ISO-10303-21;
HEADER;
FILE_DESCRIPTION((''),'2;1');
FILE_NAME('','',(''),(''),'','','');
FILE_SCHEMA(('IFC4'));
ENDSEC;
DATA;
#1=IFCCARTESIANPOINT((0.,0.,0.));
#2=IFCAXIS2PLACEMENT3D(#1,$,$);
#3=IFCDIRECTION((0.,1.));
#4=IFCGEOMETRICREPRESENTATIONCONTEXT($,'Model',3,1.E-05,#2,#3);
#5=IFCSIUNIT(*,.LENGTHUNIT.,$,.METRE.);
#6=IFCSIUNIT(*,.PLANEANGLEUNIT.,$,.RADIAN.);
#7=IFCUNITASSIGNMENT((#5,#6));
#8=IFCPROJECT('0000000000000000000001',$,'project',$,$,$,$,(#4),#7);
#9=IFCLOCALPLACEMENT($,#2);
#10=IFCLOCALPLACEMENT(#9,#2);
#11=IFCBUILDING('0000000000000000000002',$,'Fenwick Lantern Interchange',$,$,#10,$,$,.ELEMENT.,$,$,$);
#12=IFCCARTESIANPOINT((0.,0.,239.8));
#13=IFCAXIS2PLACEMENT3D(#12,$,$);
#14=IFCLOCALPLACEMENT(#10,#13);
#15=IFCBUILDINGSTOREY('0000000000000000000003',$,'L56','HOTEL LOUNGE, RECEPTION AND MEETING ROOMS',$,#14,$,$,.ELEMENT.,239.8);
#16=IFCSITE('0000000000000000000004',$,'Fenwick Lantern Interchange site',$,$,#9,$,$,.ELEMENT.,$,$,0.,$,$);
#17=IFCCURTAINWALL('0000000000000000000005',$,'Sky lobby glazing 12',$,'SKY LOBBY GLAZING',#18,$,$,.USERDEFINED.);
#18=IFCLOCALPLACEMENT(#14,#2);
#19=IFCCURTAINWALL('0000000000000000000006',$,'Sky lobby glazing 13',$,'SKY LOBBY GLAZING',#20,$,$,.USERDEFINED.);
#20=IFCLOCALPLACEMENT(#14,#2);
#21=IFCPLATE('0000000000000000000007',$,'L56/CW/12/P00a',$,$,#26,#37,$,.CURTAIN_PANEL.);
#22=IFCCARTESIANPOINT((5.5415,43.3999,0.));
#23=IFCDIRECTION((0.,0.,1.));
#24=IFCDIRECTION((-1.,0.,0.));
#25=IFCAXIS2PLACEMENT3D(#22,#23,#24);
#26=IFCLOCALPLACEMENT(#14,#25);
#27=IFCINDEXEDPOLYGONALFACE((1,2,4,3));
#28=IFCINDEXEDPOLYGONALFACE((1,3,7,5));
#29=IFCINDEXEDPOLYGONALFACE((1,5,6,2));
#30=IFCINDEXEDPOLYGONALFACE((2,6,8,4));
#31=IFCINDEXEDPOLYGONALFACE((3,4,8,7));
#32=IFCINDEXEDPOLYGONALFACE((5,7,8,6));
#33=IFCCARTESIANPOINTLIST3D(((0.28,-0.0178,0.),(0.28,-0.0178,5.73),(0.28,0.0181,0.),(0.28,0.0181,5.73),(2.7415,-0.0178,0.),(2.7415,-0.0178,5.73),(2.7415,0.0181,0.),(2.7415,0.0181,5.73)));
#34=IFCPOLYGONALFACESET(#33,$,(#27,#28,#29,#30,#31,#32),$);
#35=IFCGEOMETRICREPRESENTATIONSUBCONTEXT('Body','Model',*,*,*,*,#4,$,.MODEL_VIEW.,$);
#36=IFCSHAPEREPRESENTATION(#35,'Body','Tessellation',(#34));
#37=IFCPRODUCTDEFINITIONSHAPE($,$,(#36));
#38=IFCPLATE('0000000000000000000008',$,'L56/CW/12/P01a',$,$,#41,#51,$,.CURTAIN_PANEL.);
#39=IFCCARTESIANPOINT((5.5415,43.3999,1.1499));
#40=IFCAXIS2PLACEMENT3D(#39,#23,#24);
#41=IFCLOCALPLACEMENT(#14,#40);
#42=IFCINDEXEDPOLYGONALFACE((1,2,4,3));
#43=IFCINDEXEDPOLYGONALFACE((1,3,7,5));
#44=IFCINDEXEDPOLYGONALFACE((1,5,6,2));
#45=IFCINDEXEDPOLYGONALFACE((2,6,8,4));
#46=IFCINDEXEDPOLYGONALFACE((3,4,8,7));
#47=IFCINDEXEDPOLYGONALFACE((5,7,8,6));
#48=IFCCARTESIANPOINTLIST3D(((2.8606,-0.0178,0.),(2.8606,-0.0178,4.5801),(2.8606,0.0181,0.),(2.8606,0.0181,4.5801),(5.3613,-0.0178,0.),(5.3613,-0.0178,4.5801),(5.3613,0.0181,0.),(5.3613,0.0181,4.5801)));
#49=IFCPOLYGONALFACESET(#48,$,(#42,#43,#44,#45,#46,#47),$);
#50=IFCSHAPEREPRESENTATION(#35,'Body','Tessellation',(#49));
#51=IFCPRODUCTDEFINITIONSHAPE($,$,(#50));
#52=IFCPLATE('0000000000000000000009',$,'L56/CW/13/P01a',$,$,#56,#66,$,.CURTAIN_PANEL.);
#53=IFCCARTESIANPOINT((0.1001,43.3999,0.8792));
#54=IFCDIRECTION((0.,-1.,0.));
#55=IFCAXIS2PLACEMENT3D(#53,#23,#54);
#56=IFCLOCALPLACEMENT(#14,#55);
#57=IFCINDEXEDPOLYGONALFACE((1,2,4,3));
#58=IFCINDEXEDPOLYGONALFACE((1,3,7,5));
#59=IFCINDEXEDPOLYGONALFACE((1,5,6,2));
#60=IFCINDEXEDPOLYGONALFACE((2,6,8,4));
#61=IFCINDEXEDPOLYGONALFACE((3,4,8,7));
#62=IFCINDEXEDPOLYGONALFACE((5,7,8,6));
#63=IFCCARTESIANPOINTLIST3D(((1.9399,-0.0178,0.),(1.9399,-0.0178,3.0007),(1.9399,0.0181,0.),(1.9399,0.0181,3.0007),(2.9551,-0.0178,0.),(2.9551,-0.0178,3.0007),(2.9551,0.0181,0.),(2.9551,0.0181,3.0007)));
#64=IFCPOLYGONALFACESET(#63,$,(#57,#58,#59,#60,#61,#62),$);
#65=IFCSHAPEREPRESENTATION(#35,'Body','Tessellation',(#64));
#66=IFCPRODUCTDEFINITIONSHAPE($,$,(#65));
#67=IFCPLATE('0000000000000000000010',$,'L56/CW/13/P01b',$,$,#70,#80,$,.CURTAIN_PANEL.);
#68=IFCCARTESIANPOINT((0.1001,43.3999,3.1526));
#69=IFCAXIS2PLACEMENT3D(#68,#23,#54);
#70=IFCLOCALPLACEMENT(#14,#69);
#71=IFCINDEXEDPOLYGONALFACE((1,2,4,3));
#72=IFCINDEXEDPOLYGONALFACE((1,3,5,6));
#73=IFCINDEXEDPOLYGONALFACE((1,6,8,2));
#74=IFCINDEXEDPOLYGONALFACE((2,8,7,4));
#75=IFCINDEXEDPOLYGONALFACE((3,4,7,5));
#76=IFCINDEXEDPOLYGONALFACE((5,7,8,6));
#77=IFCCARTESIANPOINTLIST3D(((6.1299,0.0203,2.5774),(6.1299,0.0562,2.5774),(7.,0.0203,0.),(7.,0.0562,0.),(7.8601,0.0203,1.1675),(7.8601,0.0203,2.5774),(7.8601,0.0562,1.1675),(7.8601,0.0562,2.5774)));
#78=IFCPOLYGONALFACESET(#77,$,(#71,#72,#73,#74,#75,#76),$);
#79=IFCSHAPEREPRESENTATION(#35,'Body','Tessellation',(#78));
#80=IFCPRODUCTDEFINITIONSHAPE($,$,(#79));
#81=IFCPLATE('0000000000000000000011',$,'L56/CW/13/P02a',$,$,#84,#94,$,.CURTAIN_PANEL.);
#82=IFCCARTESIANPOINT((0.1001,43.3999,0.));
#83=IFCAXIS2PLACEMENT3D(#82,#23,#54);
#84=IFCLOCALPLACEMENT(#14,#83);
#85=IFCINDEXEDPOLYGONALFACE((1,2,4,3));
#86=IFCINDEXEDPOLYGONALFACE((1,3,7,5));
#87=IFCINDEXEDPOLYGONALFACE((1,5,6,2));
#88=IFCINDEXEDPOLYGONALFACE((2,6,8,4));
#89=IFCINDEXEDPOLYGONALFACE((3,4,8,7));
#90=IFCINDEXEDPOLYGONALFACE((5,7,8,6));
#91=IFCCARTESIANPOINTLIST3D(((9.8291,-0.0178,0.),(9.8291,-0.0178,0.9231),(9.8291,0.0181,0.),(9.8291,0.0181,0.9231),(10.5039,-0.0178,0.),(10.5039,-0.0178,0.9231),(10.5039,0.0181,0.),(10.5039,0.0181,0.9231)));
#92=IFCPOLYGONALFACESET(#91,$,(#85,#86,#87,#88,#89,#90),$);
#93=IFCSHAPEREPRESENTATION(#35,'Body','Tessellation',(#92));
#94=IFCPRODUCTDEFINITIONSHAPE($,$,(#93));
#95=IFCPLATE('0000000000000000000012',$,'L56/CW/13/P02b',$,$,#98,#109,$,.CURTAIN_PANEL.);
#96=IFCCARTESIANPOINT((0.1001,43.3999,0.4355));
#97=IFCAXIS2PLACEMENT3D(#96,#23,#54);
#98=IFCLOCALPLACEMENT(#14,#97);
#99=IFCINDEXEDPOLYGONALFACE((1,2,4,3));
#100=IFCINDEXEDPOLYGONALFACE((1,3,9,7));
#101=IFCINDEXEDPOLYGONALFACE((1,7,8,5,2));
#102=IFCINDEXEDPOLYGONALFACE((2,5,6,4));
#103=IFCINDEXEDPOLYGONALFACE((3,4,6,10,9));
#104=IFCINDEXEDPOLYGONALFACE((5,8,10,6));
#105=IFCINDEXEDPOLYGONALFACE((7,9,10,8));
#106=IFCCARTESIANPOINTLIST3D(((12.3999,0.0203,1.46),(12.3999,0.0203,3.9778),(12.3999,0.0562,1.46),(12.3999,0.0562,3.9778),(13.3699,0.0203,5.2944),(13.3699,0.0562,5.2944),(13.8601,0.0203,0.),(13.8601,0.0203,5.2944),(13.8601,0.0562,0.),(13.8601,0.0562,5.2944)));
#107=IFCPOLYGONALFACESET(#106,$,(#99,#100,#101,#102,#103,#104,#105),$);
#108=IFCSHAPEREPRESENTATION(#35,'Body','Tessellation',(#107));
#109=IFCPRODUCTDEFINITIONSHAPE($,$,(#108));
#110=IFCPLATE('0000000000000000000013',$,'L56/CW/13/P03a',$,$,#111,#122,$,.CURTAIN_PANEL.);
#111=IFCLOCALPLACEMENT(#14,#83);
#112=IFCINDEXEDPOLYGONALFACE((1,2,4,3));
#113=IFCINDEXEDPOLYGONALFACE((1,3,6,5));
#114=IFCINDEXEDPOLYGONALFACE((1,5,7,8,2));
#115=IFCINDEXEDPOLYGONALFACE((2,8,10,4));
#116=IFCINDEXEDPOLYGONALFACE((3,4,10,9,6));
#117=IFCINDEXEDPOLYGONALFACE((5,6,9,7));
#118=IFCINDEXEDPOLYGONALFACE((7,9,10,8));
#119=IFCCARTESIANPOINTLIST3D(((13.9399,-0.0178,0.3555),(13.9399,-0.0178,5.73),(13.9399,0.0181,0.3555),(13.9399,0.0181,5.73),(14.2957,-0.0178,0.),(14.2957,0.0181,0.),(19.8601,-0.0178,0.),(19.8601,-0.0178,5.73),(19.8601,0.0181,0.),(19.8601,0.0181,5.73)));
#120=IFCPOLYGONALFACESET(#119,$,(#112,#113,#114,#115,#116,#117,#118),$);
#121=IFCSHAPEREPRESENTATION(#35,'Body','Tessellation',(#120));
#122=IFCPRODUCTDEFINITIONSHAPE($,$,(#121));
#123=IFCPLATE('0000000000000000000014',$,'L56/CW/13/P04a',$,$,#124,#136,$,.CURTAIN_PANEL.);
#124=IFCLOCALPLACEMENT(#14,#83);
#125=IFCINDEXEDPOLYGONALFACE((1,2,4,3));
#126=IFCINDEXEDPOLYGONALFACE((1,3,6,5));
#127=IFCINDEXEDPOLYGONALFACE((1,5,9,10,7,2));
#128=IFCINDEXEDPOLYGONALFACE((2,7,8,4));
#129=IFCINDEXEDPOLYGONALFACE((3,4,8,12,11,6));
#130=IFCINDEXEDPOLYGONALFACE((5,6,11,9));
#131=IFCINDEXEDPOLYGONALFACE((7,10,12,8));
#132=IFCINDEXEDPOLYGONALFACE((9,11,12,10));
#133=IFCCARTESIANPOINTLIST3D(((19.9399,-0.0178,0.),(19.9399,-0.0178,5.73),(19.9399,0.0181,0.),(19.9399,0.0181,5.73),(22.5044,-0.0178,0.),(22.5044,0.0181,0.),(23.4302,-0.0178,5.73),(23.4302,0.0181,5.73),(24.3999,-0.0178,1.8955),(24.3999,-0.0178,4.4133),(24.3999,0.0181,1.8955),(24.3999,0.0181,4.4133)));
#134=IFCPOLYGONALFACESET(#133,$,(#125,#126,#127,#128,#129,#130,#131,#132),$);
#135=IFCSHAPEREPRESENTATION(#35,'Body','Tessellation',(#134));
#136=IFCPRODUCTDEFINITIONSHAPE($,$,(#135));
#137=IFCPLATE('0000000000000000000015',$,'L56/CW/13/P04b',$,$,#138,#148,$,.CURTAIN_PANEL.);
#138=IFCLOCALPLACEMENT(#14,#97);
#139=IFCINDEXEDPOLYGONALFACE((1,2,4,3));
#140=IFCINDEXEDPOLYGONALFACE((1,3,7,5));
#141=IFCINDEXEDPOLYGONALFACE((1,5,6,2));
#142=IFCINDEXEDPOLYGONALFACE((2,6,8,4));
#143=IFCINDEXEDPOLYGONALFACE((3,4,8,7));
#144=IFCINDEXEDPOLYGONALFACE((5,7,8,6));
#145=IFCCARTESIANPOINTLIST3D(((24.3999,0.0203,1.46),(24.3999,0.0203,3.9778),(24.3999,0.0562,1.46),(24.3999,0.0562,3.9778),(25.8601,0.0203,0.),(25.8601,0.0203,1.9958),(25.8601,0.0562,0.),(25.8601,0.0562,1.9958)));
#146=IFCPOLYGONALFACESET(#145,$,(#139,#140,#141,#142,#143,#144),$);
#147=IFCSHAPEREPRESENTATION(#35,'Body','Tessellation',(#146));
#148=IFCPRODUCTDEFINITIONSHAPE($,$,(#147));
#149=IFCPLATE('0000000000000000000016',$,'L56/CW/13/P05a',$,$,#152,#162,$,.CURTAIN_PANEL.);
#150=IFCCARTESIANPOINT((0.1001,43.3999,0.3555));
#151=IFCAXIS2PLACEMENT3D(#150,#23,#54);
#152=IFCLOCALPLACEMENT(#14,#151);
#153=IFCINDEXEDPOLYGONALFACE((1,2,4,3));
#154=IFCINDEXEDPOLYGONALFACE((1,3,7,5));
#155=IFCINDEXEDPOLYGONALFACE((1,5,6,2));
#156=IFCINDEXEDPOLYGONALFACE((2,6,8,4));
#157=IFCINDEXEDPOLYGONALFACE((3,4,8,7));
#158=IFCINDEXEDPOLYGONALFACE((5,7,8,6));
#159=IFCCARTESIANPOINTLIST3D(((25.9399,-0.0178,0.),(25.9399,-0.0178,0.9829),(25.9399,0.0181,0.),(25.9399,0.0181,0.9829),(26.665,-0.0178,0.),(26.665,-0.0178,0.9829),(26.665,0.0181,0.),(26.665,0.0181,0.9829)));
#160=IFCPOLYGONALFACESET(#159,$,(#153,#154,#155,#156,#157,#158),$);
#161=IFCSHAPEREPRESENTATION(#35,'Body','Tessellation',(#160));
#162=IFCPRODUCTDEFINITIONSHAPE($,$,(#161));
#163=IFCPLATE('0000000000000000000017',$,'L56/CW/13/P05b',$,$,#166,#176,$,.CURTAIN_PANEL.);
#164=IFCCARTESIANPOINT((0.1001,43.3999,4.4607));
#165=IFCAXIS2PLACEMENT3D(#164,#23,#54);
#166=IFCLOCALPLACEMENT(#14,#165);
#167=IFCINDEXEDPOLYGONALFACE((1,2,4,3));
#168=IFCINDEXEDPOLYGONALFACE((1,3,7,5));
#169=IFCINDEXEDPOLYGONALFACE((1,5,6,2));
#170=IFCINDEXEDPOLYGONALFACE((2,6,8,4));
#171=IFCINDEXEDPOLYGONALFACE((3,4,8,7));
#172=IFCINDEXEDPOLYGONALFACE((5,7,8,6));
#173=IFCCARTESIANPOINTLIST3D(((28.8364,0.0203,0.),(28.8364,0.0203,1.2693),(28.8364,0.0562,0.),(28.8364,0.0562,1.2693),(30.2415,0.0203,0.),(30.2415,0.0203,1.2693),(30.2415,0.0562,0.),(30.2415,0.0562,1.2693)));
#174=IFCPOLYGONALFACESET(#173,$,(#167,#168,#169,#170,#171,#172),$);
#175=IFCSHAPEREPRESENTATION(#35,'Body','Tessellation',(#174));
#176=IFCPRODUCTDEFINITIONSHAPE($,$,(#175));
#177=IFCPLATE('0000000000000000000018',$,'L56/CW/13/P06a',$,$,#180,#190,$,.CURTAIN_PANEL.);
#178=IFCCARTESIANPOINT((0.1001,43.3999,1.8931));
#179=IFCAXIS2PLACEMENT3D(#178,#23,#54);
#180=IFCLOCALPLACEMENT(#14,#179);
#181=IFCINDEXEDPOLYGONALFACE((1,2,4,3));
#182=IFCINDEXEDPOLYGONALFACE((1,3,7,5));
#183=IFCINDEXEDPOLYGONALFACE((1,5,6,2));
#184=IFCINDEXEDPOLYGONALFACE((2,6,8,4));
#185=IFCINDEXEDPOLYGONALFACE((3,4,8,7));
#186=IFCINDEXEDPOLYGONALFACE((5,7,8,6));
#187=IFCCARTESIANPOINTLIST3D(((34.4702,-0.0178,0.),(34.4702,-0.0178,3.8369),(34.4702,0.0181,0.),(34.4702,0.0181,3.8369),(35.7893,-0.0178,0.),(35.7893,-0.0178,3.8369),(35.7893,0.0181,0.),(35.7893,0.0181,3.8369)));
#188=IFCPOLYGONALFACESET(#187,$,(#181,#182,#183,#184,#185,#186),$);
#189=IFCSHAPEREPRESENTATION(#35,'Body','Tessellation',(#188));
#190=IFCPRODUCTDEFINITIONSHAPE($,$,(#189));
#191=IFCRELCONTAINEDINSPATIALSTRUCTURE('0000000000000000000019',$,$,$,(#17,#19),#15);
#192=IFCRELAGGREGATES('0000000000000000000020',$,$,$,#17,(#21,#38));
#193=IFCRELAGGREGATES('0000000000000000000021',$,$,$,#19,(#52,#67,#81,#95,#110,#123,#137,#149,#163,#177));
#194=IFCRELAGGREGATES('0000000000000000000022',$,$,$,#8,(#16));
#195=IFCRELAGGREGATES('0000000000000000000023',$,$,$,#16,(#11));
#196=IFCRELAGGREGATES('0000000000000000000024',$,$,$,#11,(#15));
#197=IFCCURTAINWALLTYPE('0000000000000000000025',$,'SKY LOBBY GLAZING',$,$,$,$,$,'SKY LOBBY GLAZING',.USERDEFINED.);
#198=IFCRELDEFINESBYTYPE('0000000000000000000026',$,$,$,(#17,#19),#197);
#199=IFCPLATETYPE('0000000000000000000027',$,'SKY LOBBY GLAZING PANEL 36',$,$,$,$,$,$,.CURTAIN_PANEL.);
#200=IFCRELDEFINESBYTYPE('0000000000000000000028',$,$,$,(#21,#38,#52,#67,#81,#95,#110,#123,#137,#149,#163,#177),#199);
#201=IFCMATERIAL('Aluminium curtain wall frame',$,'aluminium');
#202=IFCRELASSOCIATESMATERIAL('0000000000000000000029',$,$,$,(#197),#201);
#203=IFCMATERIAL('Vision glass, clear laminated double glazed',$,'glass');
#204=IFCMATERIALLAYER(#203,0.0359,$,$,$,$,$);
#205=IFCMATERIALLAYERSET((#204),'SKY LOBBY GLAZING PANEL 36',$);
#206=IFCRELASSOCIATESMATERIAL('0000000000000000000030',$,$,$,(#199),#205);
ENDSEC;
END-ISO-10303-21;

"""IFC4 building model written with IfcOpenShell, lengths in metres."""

from ifc_helpers import new_model, si_unit, direction, frame, origin, place, context, subcontext, project, spatial, polyline, outline, extrude, material, layer, layer_set, type_object, element, aggregate, save


model = new_model("IFC4")

# Units and contexts
model_context = context("Model", 3, precision=1e-05, world=origin(), true_north=direction((0.0, 1.0)))
body_context = subcontext(model_context, "Body", "Model", "MODEL_VIEW")
ifc_project = project(units=[si_unit("LENGTHUNIT", "METRE"), si_unit("PLANEANGLEUNIT", "RADIAN")], contexts=[model_context])

# Site, building, storey
site_placement = place(None, origin())
site = spatial("IfcSite", under=ifc_project, at=site_placement, Name="Fenwick Lantern Interchange site", CompositionType="ELEMENT", RefElevation=0.0)
building_placement = place(site_placement, origin())
building = spatial("IfcBuilding", under=site, at=building_placement, Name="Fenwick Lantern Interchange", CompositionType="ELEMENT")
storey_placement = place(building_placement, frame((0.0, 0.0, 239.8)))
storey = spatial("IfcBuildingStorey", under=building, at=storey_placement, Name="L56", Description="HOTEL LOUNGE, RECEPTION AND MEETING ROOMS", CompositionType="ELEMENT", Elevation=239.8)

# Curtain wall
ifc_material_1 = material(Name="Aluminium curtain wall frame", Category="aluminium")
curtain_wall_type = type_object("IfcCurtainWallType", Name="SKY LOBBY GLAZING", ElementType="SKY LOBBY GLAZING", PredefinedType="USERDEFINED", material=ifc_material_1)
curtain_wall_1_placement = place(storey_placement, origin())
curtain_wall_1 = element("IfcCurtainWall", 1, at=curtain_wall_1_placement, inside=storey, type_object=curtain_wall_type, Name="Sky lobby glazing 12", ObjectType="SKY LOBBY GLAZING", PredefinedType="USERDEFINED")

# Curtain wall
curtain_wall_2_placement = place(storey_placement, origin())
curtain_wall_2 = element("IfcCurtainWall", 2, at=curtain_wall_2_placement, inside=storey, type_object=curtain_wall_type, Name="Sky lobby glazing 13", ObjectType="SKY LOBBY GLAZING", PredefinedType="USERDEFINED")

# Plates
ifc_material_2 = material(Name="Vision glass, clear laminated double glazed", Category="glass")
ifc_layer_1 = layer(ifc_material_2, 0.0359)
ifc_layer_set_1 = layer_set([ifc_layer_1], Name="SKY LOBBY GLAZING PANEL 36")
plate_type = type_object("IfcPlateType", Name="SKY LOBBY GLAZING PANEL 36", PredefinedType="CURTAIN_PANEL", material=ifc_layer_set_1)
plate_1_placement = place(storey_placement, frame((5.5415, 43.3999, 0.0), z_axis=(0.0, 0.0, 1.0), x_axis=(-1.0, 0.0, 0.0)))
plate_1 = element("IfcPlate", 3, at=plate_1_placement, type_object=plate_type, Name="L56/CW/12/P00a", PredefinedType="CURTAIN_PANEL", context=body_context, shape_type="SweptSolid", body=[
    extrude(outline(polyline([(0.28, 0.0), (2.7415, 0.0), (2.7415, 5.73), (0.28, 5.73), (0.28, 0.0)])), frame((0.0, 0.0181, 0.0), z_axis=(0.0, -1.0, 0.0), x_axis=(1.0, 0.0, 0.0)), (0.0, 0.0, 1.0), 0.0359),
])
plate_2_placement = place(storey_placement, frame((5.5415, 43.3999, 1.1499), z_axis=(0.0, 0.0, 1.0), x_axis=(-1.0, 0.0, 0.0)))
plate_2 = element("IfcPlate", 4, at=plate_2_placement, type_object=plate_type, Name="L56/CW/12/P01a", PredefinedType="CURTAIN_PANEL", context=body_context, shape_type="SweptSolid", body=[
    extrude(outline(polyline([(2.8606, 0.0), (5.3613, 0.0), (5.3613, 4.5801), (2.8606, 4.5801), (2.8606, 0.0)])), frame((0.0, 0.0181, 0.0), z_axis=(0.0, -1.0, 0.0), x_axis=(1.0, 0.0, 0.0)), (0.0, 0.0, 1.0), 0.0359),
])
aggregate(curtain_wall_1, [plate_1, plate_2])
plate_3_placement = place(storey_placement, frame((0.1001, 43.3999, 0.8792), z_axis=(0.0, 0.0, 1.0), x_axis=(0.0, -1.0, 0.0)))
plate_3 = element("IfcPlate", 5, at=plate_3_placement, type_object=plate_type, Name="L56/CW/13/P01a", PredefinedType="CURTAIN_PANEL", context=body_context, shape_type="SweptSolid", body=[
    extrude(outline(polyline([(1.9399, 0.0), (2.9551, 0.0), (2.9551, 3.0007), (1.9399, 3.0007), (1.9399, 0.0)])), frame((0.0, 0.0181, 0.0), z_axis=(0.0, -1.0, 0.0), x_axis=(1.0, 0.0, 0.0)), (0.0, 0.0, 1.0), 0.0359),
])
plate_4_placement = place(storey_placement, frame((0.1001, 43.3999, 3.1526), z_axis=(0.0, 0.0, 1.0), x_axis=(0.0, -1.0, 0.0)))
plate_4 = element("IfcPlate", 6, at=plate_4_placement, type_object=plate_type, Name="L56/CW/13/P01b", PredefinedType="CURTAIN_PANEL", context=body_context, shape_type="SweptSolid", body=[
    extrude(outline(polyline([(7.0, 0.0), (7.8601, 1.1675), (7.8601, 2.5774), (6.1299, 2.5774), (7.0, 0.0)])), frame((0.0, 0.0562, 0.0), z_axis=(0.0, -1.0, 0.0), x_axis=(1.0, 0.0, 0.0)), (0.0, 0.0, 1.0), 0.0359),
])
plate_5_placement = place(storey_placement, frame((0.1001, 43.3999, 0.0), z_axis=(0.0, 0.0, 1.0), x_axis=(0.0, -1.0, 0.0)))
plate_5 = element("IfcPlate", 7, at=plate_5_placement, type_object=plate_type, Name="L56/CW/13/P02a", PredefinedType="CURTAIN_PANEL", context=body_context, shape_type="SweptSolid", body=[
    extrude(outline(polyline([(9.8291, 0.0), (10.5039, 0.0), (10.5039, 0.9231), (9.8291, 0.9231), (9.8291, 0.0)])), frame((0.0, 0.0181, 0.0), z_axis=(0.0, -1.0, 0.0), x_axis=(1.0, 0.0, 0.0)), (0.0, 0.0, 1.0), 0.0359),
])
plate_6_placement = place(storey_placement, frame((0.1001, 43.3999, 0.4355), z_axis=(0.0, 0.0, 1.0), x_axis=(0.0, -1.0, 0.0)))
plate_6 = element("IfcPlate", 8, at=plate_6_placement, type_object=plate_type, Name="L56/CW/13/P02b", PredefinedType="CURTAIN_PANEL", context=body_context, shape_type="SweptSolid", body=[
    extrude(outline(polyline([(13.8601, 0.0), (13.8601, 5.2944), (13.3699, 5.2944), (12.3999, 3.9778), (12.3999, 1.46), (13.8601, 0.0)])), frame((0.0, 0.0562, 0.0), z_axis=(0.0, -1.0, 0.0), x_axis=(1.0, 0.0, 0.0)), (0.0, 0.0, 1.0), 0.0359),
])
plate_7_placement = place(storey_placement, frame((0.1001, 43.3999, 0.0), z_axis=(0.0, 0.0, 1.0), x_axis=(0.0, -1.0, 0.0)))
plate_7 = element("IfcPlate", 9, at=plate_7_placement, type_object=plate_type, Name="L56/CW/13/P03a", PredefinedType="CURTAIN_PANEL", context=body_context, shape_type="SweptSolid", body=[
    extrude(outline(polyline([(14.2957, 0.0), (19.8601, 0.0), (19.8601, 5.73), (13.9399, 5.73), (13.9399, 0.3555), (14.2957, 0.0)])), frame((0.0, 0.0181, 0.0), z_axis=(0.0, -1.0, 0.0), x_axis=(1.0, 0.0, 0.0)), (0.0, 0.0, 1.0), 0.0359),
])
plate_8_placement = place(storey_placement, frame((0.1001, 43.3999, 0.0), z_axis=(0.0, 0.0, 1.0), x_axis=(0.0, -1.0, 0.0)))
plate_8 = element("IfcPlate", 10, at=plate_8_placement, type_object=plate_type, Name="L56/CW/13/P04a", PredefinedType="CURTAIN_PANEL", context=body_context, shape_type="SweptSolid", body=[
    extrude(outline(polyline([(19.9399, 0.0), (22.5044, 0.0), (24.3999, 1.8955), (24.3999, 4.4133), (23.4302, 5.73), (19.9399, 5.73), (19.9399, 0.0)])), frame((0.0, 0.0181, 0.0), z_axis=(0.0, -1.0, 0.0), x_axis=(1.0, 0.0, 0.0)), (0.0, 0.0, 1.0), 0.0359),
])
plate_9_placement = place(storey_placement, frame((0.1001, 43.3999, 0.4355), z_axis=(0.0, 0.0, 1.0), x_axis=(0.0, -1.0, 0.0)))
plate_9 = element("IfcPlate", 11, at=plate_9_placement, type_object=plate_type, Name="L56/CW/13/P04b", PredefinedType="CURTAIN_PANEL", context=body_context, shape_type="SweptSolid", body=[
    extrude(outline(polyline([(25.8601, 0.0), (25.8601, 1.9958), (24.3999, 3.9778), (24.3999, 1.46), (25.8601, 0.0)])), frame((0.0, 0.0562, 0.0), z_axis=(0.0, -1.0, 0.0), x_axis=(1.0, 0.0, 0.0)), (0.0, 0.0, 1.0), 0.0359),
])
plate_10_placement = place(storey_placement, frame((0.1001, 43.3999, 0.3555), z_axis=(0.0, 0.0, 1.0), x_axis=(0.0, -1.0, 0.0)))
plate_10 = element("IfcPlate", 12, at=plate_10_placement, type_object=plate_type, Name="L56/CW/13/P05a", PredefinedType="CURTAIN_PANEL", context=body_context, shape_type="SweptSolid", body=[
    extrude(outline(polyline([(25.9399, 0.0), (26.665, 0.0), (26.665, 0.9829), (25.9399, 0.9829), (25.9399, 0.0)])), frame((0.0, 0.0181, 0.0), z_axis=(0.0, -1.0, 0.0), x_axis=(1.0, 0.0, 0.0)), (0.0, 0.0, 1.0), 0.0359),
])
plate_11_placement = place(storey_placement, frame((0.1001, 43.3999, 4.4607), z_axis=(0.0, 0.0, 1.0), x_axis=(0.0, -1.0, 0.0)))
plate_11 = element("IfcPlate", 13, at=plate_11_placement, type_object=plate_type, Name="L56/CW/13/P05b", PredefinedType="CURTAIN_PANEL", context=body_context, shape_type="SweptSolid", body=[
    extrude(outline(polyline([(28.8364, 0.0), (30.2415, 0.0), (30.2415, 1.2693), (28.8364, 1.2693), (28.8364, 0.0)])), frame((0.0, 0.0562, 0.0), z_axis=(0.0, -1.0, 0.0), x_axis=(1.0, 0.0, 0.0)), (0.0, 0.0, 1.0), 0.0359),
])
plate_12_placement = place(storey_placement, frame((0.1001, 43.3999, 1.8931), z_axis=(0.0, 0.0, 1.0), x_axis=(0.0, -1.0, 0.0)))
plate_12 = element("IfcPlate", 14, at=plate_12_placement, type_object=plate_type, Name="L56/CW/13/P06a", PredefinedType="CURTAIN_PANEL", context=body_context, shape_type="SweptSolid", body=[
    extrude(outline(polyline([(34.4702, 0.0), (35.7893, 0.0), (35.7893, 3.8369), (34.4702, 3.8369), (34.4702, 0.0)])), frame((0.0, 0.0181, 0.0), z_axis=(0.0, -1.0, 0.0), x_axis=(1.0, 0.0, 0.0)), (0.0, 0.0, 1.0), 0.0359),
])
aggregate(curtain_wall_2, [plate_3, plate_4, plate_5, plate_6, plate_7, plate_8, plate_9, plate_10, plate_11, plate_12])

save(model, "model.ifc")
